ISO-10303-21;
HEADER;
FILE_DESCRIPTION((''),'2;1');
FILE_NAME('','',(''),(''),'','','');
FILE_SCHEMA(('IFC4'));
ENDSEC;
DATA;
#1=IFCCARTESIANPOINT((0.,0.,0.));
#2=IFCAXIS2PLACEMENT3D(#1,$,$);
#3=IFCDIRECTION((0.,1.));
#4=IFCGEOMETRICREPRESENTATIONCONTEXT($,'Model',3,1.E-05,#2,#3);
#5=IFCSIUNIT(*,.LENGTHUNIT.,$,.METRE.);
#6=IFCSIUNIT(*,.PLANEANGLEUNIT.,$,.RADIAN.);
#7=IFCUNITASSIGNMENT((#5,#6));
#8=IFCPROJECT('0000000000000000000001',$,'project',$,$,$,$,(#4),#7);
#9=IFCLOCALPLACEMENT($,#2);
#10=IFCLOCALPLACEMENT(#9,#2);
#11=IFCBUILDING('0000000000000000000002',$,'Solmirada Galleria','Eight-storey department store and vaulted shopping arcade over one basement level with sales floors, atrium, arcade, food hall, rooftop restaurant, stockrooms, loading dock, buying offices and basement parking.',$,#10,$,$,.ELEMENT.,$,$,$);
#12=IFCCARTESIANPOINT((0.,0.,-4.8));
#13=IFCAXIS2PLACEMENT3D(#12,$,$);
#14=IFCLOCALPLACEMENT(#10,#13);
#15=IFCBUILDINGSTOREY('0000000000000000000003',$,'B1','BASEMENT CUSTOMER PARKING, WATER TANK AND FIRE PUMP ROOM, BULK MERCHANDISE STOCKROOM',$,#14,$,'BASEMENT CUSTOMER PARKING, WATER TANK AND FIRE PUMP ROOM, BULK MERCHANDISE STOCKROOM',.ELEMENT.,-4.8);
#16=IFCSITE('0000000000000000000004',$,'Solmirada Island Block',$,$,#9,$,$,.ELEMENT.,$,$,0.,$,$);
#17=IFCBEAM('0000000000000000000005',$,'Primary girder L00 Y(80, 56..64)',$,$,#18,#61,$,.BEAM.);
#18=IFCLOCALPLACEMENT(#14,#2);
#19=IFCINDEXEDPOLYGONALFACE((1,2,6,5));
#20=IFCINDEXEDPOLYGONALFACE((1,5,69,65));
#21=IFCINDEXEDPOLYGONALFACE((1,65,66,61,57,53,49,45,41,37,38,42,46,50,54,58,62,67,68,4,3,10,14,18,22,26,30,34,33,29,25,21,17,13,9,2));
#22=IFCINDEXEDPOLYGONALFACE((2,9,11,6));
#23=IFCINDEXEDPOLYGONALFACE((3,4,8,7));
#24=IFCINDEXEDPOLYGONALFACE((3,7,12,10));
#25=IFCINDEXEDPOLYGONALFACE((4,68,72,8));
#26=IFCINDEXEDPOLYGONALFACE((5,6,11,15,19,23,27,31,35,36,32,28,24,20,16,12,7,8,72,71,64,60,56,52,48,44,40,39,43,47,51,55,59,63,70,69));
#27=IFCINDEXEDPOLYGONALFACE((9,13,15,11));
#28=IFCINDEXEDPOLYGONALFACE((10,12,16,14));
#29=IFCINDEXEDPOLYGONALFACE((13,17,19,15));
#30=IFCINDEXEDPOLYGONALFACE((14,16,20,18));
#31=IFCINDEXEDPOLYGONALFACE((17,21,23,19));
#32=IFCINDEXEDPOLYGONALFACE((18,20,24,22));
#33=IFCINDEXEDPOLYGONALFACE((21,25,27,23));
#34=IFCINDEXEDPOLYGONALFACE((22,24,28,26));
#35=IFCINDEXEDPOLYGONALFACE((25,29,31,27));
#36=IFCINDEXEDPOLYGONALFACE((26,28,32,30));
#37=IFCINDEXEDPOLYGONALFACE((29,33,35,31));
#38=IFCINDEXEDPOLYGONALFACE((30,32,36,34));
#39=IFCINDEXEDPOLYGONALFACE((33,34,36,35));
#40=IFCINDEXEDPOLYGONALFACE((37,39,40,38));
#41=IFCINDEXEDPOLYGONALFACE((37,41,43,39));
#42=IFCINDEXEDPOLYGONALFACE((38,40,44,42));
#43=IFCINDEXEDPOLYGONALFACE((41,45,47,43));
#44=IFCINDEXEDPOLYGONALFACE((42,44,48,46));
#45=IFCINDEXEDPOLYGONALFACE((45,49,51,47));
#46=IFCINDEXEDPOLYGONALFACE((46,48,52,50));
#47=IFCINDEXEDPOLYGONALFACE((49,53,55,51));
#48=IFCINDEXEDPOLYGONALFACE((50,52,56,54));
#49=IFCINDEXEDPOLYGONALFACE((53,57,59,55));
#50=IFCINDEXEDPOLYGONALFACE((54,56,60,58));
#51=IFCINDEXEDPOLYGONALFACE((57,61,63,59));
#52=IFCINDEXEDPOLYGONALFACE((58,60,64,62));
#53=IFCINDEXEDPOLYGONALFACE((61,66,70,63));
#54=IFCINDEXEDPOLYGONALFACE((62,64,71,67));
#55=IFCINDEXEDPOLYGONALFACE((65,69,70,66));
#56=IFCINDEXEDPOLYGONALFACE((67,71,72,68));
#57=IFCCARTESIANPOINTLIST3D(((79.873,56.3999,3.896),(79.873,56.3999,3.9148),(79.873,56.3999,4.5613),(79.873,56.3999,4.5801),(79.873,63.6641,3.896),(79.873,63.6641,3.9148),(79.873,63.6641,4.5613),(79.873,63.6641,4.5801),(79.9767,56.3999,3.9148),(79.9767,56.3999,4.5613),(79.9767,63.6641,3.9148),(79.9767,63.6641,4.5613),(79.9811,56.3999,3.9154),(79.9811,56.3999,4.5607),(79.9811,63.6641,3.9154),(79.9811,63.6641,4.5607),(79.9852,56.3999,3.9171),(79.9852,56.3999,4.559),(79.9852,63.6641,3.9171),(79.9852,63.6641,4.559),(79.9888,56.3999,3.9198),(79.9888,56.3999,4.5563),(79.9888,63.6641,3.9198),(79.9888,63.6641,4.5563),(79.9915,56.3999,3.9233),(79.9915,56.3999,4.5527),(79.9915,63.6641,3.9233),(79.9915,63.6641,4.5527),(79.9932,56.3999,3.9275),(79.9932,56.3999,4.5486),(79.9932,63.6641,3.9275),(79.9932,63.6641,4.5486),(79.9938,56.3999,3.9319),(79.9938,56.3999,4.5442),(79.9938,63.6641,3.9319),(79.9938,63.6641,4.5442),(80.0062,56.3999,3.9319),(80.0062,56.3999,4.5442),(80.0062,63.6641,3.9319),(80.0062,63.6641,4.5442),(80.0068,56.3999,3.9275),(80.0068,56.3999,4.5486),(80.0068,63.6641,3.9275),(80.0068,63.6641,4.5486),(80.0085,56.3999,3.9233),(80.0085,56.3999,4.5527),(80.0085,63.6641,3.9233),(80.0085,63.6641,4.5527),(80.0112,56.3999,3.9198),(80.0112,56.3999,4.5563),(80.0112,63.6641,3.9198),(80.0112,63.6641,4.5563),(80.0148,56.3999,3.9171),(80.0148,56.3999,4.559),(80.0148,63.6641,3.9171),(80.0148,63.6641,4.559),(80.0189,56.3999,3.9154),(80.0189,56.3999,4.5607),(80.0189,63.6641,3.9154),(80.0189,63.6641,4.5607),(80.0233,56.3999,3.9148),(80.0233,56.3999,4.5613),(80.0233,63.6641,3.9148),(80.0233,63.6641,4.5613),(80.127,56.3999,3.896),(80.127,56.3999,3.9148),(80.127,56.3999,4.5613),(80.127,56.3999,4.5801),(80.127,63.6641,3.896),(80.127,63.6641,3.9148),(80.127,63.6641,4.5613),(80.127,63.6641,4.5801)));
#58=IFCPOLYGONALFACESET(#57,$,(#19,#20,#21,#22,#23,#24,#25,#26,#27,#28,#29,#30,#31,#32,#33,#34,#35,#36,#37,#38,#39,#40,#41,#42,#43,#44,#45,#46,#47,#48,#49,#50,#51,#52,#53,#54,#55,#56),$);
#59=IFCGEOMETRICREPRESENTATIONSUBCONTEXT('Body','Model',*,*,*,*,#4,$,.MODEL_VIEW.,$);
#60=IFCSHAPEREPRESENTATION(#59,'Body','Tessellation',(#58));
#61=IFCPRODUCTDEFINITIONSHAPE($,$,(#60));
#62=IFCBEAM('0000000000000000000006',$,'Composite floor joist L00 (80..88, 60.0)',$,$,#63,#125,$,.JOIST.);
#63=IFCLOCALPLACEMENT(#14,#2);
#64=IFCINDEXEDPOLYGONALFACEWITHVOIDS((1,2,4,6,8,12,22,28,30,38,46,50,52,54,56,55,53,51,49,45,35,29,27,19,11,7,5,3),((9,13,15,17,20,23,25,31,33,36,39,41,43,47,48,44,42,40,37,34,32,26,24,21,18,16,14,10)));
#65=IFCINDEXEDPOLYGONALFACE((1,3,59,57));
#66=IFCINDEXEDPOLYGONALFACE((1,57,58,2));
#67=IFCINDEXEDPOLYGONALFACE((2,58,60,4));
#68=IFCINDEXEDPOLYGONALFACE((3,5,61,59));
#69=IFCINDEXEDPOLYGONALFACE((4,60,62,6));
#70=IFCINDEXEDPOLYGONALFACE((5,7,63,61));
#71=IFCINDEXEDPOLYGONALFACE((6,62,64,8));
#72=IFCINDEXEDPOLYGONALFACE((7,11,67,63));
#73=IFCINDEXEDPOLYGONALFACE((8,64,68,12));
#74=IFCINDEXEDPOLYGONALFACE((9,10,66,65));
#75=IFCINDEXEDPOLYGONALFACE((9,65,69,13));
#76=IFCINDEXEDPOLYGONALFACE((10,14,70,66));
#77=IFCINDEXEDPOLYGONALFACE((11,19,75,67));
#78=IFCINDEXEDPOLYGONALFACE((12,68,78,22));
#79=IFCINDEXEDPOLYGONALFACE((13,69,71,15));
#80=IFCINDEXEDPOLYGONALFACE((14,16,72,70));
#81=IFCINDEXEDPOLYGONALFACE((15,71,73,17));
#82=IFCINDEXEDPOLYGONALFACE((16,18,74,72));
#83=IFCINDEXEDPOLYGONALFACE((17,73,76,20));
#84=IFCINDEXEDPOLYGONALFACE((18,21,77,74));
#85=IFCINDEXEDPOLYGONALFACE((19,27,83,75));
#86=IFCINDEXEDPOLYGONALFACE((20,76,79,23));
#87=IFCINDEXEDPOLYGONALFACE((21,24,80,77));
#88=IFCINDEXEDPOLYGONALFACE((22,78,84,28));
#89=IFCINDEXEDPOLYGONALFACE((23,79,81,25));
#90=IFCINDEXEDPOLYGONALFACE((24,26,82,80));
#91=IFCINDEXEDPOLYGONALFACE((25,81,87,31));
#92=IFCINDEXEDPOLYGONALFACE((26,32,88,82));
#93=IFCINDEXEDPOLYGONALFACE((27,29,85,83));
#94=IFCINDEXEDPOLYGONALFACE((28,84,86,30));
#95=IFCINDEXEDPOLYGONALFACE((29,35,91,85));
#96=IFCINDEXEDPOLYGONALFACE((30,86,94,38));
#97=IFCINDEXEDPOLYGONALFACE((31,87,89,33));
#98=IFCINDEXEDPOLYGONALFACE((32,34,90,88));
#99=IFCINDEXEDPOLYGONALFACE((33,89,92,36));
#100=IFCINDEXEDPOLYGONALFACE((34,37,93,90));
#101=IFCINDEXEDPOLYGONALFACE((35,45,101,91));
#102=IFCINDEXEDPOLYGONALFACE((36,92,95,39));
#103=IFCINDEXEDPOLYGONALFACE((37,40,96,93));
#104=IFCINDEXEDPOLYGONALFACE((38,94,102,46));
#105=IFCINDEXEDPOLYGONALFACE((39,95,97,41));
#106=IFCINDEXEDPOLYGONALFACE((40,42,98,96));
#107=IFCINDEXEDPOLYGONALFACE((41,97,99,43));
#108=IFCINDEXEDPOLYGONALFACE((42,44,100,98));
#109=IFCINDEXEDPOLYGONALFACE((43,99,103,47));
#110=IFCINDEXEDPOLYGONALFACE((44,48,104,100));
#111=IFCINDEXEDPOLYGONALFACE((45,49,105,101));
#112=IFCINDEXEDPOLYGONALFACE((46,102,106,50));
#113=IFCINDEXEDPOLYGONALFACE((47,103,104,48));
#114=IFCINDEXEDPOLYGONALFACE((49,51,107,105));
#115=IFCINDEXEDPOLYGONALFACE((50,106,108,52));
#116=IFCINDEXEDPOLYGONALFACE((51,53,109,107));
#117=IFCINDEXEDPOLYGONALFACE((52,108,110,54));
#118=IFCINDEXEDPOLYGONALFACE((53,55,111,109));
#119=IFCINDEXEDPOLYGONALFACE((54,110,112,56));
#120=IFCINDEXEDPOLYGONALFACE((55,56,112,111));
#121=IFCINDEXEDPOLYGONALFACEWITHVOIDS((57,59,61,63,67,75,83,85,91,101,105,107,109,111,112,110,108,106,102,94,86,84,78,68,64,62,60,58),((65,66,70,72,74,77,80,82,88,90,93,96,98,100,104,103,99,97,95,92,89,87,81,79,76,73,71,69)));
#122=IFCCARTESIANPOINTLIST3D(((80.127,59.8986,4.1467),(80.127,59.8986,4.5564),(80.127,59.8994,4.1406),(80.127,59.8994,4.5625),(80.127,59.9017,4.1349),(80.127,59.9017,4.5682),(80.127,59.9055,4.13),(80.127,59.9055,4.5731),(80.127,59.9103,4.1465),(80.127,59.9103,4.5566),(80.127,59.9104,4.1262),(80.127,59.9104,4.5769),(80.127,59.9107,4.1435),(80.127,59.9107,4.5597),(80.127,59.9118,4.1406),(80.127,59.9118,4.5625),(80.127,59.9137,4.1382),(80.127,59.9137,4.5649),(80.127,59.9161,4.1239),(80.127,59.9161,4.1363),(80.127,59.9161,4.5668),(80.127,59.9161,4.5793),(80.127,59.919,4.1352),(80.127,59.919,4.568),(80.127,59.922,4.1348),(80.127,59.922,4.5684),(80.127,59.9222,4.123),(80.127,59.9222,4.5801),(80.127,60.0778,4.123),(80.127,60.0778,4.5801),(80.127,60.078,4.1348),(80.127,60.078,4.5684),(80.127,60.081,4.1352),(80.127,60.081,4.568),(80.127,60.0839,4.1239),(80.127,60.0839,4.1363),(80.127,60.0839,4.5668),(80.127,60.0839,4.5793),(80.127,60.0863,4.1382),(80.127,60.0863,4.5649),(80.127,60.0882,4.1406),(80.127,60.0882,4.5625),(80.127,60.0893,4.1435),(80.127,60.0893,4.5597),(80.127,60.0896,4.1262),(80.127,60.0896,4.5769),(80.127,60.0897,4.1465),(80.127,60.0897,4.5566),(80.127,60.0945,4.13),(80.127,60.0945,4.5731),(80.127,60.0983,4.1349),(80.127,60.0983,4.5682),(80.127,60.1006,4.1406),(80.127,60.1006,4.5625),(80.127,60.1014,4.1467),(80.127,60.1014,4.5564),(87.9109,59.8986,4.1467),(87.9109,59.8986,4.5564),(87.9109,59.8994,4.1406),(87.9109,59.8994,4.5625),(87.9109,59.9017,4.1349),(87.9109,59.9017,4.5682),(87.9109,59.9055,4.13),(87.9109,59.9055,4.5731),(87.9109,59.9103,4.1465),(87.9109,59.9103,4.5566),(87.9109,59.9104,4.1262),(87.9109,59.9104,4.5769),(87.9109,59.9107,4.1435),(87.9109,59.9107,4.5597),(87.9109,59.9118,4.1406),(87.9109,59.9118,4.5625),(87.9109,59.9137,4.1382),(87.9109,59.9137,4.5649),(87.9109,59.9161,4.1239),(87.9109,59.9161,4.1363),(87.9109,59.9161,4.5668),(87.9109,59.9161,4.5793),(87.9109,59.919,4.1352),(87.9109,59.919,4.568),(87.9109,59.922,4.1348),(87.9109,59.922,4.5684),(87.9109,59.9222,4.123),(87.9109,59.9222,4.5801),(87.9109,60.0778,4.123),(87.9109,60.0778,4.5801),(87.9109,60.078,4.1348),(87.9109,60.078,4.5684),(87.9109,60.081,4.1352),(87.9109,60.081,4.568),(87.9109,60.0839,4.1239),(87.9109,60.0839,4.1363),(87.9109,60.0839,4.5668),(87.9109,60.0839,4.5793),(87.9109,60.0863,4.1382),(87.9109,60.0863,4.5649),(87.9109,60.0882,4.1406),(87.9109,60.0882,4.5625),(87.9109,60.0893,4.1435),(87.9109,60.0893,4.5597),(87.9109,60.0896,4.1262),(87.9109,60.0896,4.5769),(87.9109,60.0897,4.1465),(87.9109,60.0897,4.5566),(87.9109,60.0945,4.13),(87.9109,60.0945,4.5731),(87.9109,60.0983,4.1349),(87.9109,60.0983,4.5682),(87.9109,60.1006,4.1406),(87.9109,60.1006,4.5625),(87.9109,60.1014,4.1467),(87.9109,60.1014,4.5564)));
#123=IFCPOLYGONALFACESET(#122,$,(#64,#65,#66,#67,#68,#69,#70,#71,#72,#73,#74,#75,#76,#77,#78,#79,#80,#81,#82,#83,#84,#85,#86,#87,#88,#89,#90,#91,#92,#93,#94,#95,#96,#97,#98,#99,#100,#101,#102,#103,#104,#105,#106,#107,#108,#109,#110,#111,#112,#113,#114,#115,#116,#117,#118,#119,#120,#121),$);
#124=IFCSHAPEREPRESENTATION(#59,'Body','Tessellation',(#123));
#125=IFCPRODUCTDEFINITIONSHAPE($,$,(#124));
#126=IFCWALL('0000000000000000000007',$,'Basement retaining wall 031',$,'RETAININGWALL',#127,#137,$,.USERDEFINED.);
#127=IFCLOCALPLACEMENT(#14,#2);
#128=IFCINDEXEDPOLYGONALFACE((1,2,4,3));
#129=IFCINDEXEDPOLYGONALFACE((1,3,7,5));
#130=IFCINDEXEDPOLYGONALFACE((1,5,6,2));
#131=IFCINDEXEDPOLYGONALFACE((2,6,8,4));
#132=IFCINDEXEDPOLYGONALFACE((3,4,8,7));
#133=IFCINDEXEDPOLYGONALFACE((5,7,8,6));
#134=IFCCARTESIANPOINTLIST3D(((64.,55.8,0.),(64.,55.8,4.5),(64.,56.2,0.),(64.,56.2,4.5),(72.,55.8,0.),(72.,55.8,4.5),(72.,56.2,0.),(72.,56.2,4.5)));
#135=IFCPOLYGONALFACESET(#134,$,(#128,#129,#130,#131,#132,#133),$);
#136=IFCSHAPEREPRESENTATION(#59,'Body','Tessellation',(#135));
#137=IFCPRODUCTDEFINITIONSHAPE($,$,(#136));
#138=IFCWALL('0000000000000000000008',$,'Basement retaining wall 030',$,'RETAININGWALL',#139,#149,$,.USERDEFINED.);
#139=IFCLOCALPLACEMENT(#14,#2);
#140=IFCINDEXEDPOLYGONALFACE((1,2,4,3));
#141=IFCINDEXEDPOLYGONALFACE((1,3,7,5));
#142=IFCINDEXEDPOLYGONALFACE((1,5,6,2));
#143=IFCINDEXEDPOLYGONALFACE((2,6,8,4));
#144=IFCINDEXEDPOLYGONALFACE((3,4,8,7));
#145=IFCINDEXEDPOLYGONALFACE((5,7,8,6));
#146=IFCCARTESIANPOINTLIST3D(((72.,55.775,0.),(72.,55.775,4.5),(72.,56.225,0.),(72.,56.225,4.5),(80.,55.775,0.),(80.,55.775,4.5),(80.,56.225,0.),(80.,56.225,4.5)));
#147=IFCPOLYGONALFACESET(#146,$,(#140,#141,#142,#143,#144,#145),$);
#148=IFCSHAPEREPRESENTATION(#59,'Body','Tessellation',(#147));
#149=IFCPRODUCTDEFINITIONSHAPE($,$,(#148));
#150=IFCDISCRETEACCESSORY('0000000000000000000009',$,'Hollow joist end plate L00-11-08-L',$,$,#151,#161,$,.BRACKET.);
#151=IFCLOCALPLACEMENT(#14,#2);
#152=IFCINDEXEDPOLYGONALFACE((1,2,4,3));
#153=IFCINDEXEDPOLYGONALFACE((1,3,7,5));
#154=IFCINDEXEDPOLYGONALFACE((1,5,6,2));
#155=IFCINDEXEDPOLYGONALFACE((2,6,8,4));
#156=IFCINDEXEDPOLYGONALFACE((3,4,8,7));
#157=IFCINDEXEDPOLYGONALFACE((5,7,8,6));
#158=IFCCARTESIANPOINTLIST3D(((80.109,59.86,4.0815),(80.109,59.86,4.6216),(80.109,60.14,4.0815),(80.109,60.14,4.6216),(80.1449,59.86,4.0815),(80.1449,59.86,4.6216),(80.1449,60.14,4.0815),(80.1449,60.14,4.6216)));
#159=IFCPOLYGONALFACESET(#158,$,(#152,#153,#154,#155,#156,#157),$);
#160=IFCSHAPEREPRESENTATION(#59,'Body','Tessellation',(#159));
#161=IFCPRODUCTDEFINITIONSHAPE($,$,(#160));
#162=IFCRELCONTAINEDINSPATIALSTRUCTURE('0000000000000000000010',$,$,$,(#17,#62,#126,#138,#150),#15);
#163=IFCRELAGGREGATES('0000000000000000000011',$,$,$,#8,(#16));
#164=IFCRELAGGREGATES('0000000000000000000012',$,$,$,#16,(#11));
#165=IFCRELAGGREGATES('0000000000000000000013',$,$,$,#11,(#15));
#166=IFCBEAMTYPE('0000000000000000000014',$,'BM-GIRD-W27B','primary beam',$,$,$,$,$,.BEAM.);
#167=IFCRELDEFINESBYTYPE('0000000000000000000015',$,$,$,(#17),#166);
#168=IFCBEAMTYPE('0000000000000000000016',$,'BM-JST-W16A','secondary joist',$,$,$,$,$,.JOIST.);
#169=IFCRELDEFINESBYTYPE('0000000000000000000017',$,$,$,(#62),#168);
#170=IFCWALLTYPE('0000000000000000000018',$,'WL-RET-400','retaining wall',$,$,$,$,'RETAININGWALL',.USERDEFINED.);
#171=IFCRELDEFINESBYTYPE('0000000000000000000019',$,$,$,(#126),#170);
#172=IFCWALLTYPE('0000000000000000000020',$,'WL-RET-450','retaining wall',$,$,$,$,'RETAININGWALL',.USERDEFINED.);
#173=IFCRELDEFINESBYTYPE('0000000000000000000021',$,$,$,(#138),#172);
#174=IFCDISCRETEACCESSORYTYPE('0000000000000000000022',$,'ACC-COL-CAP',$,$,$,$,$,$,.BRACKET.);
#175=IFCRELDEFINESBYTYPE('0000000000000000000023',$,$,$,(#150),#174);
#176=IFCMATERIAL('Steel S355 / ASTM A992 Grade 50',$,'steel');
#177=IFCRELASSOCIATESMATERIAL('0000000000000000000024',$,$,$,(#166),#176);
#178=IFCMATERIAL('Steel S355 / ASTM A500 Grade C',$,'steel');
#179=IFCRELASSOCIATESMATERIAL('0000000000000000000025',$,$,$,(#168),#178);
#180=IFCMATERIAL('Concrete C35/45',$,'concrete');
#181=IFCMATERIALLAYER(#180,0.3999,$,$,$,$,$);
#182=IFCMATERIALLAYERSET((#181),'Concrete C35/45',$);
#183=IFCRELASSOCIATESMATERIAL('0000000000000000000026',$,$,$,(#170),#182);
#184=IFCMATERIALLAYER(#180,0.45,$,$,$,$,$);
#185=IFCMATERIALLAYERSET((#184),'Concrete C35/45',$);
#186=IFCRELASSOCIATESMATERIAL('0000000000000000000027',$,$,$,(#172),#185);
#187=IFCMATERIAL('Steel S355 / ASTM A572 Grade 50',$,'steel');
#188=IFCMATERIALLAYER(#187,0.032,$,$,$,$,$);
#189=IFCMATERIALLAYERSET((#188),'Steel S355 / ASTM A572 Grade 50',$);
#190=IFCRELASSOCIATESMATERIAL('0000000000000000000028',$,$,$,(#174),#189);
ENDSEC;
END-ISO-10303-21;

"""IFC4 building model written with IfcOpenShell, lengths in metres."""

from ifc_helpers import new_model, si_unit, direction, frame, frame_2d, origin, origin_2d, place, context, subcontext, project, spatial, rectangle, hollow_rectangle, i_section, extrude, material, layer, layer_set, material_profile, profile_set, type_object, element, save


model = new_model("IFC4")

# Units and contexts
model_context = context("Model", 3, precision=1e-05, world=origin(), true_north=direction((0.0, 1.0)))
body_context = subcontext(model_context, "Body", "Model", "MODEL_VIEW")
ifc_project = project(units=[si_unit("LENGTHUNIT", "METRE"), si_unit("PLANEANGLEUNIT", "RADIAN")], contexts=[model_context])

# Site, building, storey
site_placement = place(None, origin())
site = spatial("IfcSite", under=ifc_project, at=site_placement, Name="Solmirada Island Block", CompositionType="ELEMENT", RefElevation=0.0)
building_placement = place(site_placement, origin())
building = spatial("IfcBuilding", under=site, at=building_placement, Name="Solmirada Galleria", Description="Eight-storey department store and vaulted shopping arcade over one basement level with sales floors, atrium, arcade, food hall, rooftop restaurant, stockrooms, loading dock, buying offices and basement parking.", CompositionType="ELEMENT")
storey_placement = place(building_placement, frame((0.0, 0.0, -4.8)))
storey = spatial("IfcBuildingStorey", under=building, at=storey_placement, Name="B1", Description="BASEMENT CUSTOMER PARKING, WATER TANK AND FIRE PUMP ROOM, BULK MERCHANDISE STOCKROOM", LongName="BASEMENT CUSTOMER PARKING, WATER TANK AND FIRE PUMP ROOM, BULK MERCHANDISE STOCKROOM", CompositionType="ELEMENT", Elevation=-4.8)

# Shared definitions
ifc_material_1 = material(Name="Concrete C35/45", Category="concrete")

# Shared definitions
ifc_material_2 = material(Name="Steel S355 / ASTM A500 Grade C", Category="steel")

# Beams
ifc_material_3 = material(Name="Steel S355 / ASTM A992 Grade 50", Category="steel")
ifc_material_profile_1 = material_profile(ifc_material_3, i_section(OverallWidth=0.2539, OverallDepth=0.6841, WebThickness=0.0125, FlangeThickness=0.0188, FilletRadius=0.0171, at=origin_2d()), Name="W27X94")
ifc_profile_set_1 = profile_set([ifc_material_profile_1], Name="Steel S355 / ASTM A992 Grade 50")
beam_type_1 = type_object("IfcBeamType", Name="BM-GIRD-W27B", Description="primary beam", PredefinedType="BEAM", material=ifc_profile_set_1)
beam_1_placement = place(storey_placement, frame((80.0, 56.3999, 4.238), z_axis=(0.0, 1.0, 0.0), x_axis=(-1.0, 0.0, 0.0)))
element("IfcBeam", 1, at=beam_1_placement, inside=storey, type_object=beam_type_1, Name="Primary girder L00 Y(80, 56..64)", PredefinedType="BEAM", context=body_context, shape_type="SweptSolid", body=[
    extrude(i_section(OverallWidth=0.2539, OverallDepth=0.6841, WebThickness=0.0125, FlangeThickness=0.0188, FilletRadius=0.0171, at=origin_2d()), origin(), (0.0, 0.0, 1.0), 7.2642),
])
ifc_material_profile_2 = material_profile(ifc_material_2, hollow_rectangle(XDim=0.2029, YDim=0.457, WallThickness=0.0117, InnerFilletRadius=0.0117, OuterFilletRadius=0.0237, at=origin_2d()), Name="HSS18X8X1/2")
ifc_profile_set_2 = profile_set([ifc_material_profile_2], Name="Steel S355 / ASTM A500 Grade C")
beam_type_2 = type_object("IfcBeamType", Name="BM-JST-W16A", Description="secondary joist", PredefinedType="JOIST", material=ifc_profile_set_2)
beam_2_placement = place(storey_placement, frame((80.127, 60.0, 4.3516), z_axis=(1.0, 0.0, 0.0), x_axis=(0.0, 1.0, 0.0)))
element("IfcBeam", 2, at=beam_2_placement, inside=storey, type_object=beam_type_2, Name="Composite floor joist L00 (80..88, 60.0)", PredefinedType="JOIST", context=body_context, shape_type="SweptSolid", body=[
    extrude(hollow_rectangle(XDim=0.2029, YDim=0.457, WallThickness=0.0117, InnerFilletRadius=0.0117, OuterFilletRadius=0.0237, at=origin_2d()), origin(), (0.0, 0.0, 1.0), 7.7839),
])

# Walls
ifc_layer_1 = layer(ifc_material_1, 0.3999)
ifc_layer_set_1 = layer_set([ifc_layer_1], Name="Concrete C35/45")
wall_type_1 = type_object("IfcWallType", Name="WL-RET-400", Description="retaining wall", ElementType="RETAININGWALL", PredefinedType="USERDEFINED", material=ifc_layer_set_1)
wall_1_placement = place(storey_placement, frame((72.0, 56.0, 0.0), z_axis=(0.0, 0.0, 1.0), x_axis=(-1.0, 0.0, 0.0)))
element("IfcWall", 3, at=wall_1_placement, inside=storey, type_object=wall_type_1, Name="Basement retaining wall 031", ObjectType="RETAININGWALL", PredefinedType="USERDEFINED", context=body_context, shape_type="SweptSolid", body=[
    extrude(rectangle(XDim=8.0, YDim=0.3999, at=frame_2d((4.0, 0.0))), origin(), (0.0, 0.0, 1.0), 4.5),
])
ifc_layer_2 = layer(ifc_material_1, 0.45)
ifc_layer_set_2 = layer_set([ifc_layer_2], Name="Concrete C35/45")
wall_type_2 = type_object("IfcWallType", Name="WL-RET-450", Description="retaining wall", ElementType="RETAININGWALL", PredefinedType="USERDEFINED", material=ifc_layer_set_2)
wall_2_placement = place(storey_placement, frame((80.0, 56.0, 0.0), z_axis=(0.0, 0.0, 1.0), x_axis=(-1.0, 0.0, 0.0)))
element("IfcWall", 4, at=wall_2_placement, inside=storey, type_object=wall_type_2, Name="Basement retaining wall 030", ObjectType="RETAININGWALL", PredefinedType="USERDEFINED", context=body_context, shape_type="SweptSolid", body=[
    extrude(rectangle(XDim=8.0, YDim=0.45, at=frame_2d((4.0, 0.0))), origin(), (0.0, 0.0, 1.0), 4.5),
])

# Discrete accessory
ifc_material_4 = material(Name="Steel S355 / ASTM A572 Grade 50", Category="steel")
ifc_layer_3 = layer(ifc_material_4, 0.032)
ifc_layer_set_3 = layer_set([ifc_layer_3], Name="Steel S355 / ASTM A572 Grade 50")
discrete_accessory_type = type_object("IfcDiscreteAccessoryType", Name="ACC-COL-CAP", PredefinedType="BRACKET", material=ifc_layer_set_3)
discrete_accessory_placement = place(storey_placement, frame((80.127, 60.0, 4.0815), z_axis=(0.0, 0.0, 1.0), x_axis=(1.0, 0.0, 0.0)))
element("IfcDiscreteAccessory", 5, at=discrete_accessory_placement, inside=storey, type_object=discrete_accessory_type, Name="Hollow joist end plate L00-11-08-L", PredefinedType="BRACKET", context=body_context, shape_type="SweptSolid", body=[
    extrude(rectangle(XDim=0.0359, YDim=0.28, at=origin_2d()), origin(), (0.0, 0.0, 1.0), 0.54),
])

save(model, "model.ifc")
